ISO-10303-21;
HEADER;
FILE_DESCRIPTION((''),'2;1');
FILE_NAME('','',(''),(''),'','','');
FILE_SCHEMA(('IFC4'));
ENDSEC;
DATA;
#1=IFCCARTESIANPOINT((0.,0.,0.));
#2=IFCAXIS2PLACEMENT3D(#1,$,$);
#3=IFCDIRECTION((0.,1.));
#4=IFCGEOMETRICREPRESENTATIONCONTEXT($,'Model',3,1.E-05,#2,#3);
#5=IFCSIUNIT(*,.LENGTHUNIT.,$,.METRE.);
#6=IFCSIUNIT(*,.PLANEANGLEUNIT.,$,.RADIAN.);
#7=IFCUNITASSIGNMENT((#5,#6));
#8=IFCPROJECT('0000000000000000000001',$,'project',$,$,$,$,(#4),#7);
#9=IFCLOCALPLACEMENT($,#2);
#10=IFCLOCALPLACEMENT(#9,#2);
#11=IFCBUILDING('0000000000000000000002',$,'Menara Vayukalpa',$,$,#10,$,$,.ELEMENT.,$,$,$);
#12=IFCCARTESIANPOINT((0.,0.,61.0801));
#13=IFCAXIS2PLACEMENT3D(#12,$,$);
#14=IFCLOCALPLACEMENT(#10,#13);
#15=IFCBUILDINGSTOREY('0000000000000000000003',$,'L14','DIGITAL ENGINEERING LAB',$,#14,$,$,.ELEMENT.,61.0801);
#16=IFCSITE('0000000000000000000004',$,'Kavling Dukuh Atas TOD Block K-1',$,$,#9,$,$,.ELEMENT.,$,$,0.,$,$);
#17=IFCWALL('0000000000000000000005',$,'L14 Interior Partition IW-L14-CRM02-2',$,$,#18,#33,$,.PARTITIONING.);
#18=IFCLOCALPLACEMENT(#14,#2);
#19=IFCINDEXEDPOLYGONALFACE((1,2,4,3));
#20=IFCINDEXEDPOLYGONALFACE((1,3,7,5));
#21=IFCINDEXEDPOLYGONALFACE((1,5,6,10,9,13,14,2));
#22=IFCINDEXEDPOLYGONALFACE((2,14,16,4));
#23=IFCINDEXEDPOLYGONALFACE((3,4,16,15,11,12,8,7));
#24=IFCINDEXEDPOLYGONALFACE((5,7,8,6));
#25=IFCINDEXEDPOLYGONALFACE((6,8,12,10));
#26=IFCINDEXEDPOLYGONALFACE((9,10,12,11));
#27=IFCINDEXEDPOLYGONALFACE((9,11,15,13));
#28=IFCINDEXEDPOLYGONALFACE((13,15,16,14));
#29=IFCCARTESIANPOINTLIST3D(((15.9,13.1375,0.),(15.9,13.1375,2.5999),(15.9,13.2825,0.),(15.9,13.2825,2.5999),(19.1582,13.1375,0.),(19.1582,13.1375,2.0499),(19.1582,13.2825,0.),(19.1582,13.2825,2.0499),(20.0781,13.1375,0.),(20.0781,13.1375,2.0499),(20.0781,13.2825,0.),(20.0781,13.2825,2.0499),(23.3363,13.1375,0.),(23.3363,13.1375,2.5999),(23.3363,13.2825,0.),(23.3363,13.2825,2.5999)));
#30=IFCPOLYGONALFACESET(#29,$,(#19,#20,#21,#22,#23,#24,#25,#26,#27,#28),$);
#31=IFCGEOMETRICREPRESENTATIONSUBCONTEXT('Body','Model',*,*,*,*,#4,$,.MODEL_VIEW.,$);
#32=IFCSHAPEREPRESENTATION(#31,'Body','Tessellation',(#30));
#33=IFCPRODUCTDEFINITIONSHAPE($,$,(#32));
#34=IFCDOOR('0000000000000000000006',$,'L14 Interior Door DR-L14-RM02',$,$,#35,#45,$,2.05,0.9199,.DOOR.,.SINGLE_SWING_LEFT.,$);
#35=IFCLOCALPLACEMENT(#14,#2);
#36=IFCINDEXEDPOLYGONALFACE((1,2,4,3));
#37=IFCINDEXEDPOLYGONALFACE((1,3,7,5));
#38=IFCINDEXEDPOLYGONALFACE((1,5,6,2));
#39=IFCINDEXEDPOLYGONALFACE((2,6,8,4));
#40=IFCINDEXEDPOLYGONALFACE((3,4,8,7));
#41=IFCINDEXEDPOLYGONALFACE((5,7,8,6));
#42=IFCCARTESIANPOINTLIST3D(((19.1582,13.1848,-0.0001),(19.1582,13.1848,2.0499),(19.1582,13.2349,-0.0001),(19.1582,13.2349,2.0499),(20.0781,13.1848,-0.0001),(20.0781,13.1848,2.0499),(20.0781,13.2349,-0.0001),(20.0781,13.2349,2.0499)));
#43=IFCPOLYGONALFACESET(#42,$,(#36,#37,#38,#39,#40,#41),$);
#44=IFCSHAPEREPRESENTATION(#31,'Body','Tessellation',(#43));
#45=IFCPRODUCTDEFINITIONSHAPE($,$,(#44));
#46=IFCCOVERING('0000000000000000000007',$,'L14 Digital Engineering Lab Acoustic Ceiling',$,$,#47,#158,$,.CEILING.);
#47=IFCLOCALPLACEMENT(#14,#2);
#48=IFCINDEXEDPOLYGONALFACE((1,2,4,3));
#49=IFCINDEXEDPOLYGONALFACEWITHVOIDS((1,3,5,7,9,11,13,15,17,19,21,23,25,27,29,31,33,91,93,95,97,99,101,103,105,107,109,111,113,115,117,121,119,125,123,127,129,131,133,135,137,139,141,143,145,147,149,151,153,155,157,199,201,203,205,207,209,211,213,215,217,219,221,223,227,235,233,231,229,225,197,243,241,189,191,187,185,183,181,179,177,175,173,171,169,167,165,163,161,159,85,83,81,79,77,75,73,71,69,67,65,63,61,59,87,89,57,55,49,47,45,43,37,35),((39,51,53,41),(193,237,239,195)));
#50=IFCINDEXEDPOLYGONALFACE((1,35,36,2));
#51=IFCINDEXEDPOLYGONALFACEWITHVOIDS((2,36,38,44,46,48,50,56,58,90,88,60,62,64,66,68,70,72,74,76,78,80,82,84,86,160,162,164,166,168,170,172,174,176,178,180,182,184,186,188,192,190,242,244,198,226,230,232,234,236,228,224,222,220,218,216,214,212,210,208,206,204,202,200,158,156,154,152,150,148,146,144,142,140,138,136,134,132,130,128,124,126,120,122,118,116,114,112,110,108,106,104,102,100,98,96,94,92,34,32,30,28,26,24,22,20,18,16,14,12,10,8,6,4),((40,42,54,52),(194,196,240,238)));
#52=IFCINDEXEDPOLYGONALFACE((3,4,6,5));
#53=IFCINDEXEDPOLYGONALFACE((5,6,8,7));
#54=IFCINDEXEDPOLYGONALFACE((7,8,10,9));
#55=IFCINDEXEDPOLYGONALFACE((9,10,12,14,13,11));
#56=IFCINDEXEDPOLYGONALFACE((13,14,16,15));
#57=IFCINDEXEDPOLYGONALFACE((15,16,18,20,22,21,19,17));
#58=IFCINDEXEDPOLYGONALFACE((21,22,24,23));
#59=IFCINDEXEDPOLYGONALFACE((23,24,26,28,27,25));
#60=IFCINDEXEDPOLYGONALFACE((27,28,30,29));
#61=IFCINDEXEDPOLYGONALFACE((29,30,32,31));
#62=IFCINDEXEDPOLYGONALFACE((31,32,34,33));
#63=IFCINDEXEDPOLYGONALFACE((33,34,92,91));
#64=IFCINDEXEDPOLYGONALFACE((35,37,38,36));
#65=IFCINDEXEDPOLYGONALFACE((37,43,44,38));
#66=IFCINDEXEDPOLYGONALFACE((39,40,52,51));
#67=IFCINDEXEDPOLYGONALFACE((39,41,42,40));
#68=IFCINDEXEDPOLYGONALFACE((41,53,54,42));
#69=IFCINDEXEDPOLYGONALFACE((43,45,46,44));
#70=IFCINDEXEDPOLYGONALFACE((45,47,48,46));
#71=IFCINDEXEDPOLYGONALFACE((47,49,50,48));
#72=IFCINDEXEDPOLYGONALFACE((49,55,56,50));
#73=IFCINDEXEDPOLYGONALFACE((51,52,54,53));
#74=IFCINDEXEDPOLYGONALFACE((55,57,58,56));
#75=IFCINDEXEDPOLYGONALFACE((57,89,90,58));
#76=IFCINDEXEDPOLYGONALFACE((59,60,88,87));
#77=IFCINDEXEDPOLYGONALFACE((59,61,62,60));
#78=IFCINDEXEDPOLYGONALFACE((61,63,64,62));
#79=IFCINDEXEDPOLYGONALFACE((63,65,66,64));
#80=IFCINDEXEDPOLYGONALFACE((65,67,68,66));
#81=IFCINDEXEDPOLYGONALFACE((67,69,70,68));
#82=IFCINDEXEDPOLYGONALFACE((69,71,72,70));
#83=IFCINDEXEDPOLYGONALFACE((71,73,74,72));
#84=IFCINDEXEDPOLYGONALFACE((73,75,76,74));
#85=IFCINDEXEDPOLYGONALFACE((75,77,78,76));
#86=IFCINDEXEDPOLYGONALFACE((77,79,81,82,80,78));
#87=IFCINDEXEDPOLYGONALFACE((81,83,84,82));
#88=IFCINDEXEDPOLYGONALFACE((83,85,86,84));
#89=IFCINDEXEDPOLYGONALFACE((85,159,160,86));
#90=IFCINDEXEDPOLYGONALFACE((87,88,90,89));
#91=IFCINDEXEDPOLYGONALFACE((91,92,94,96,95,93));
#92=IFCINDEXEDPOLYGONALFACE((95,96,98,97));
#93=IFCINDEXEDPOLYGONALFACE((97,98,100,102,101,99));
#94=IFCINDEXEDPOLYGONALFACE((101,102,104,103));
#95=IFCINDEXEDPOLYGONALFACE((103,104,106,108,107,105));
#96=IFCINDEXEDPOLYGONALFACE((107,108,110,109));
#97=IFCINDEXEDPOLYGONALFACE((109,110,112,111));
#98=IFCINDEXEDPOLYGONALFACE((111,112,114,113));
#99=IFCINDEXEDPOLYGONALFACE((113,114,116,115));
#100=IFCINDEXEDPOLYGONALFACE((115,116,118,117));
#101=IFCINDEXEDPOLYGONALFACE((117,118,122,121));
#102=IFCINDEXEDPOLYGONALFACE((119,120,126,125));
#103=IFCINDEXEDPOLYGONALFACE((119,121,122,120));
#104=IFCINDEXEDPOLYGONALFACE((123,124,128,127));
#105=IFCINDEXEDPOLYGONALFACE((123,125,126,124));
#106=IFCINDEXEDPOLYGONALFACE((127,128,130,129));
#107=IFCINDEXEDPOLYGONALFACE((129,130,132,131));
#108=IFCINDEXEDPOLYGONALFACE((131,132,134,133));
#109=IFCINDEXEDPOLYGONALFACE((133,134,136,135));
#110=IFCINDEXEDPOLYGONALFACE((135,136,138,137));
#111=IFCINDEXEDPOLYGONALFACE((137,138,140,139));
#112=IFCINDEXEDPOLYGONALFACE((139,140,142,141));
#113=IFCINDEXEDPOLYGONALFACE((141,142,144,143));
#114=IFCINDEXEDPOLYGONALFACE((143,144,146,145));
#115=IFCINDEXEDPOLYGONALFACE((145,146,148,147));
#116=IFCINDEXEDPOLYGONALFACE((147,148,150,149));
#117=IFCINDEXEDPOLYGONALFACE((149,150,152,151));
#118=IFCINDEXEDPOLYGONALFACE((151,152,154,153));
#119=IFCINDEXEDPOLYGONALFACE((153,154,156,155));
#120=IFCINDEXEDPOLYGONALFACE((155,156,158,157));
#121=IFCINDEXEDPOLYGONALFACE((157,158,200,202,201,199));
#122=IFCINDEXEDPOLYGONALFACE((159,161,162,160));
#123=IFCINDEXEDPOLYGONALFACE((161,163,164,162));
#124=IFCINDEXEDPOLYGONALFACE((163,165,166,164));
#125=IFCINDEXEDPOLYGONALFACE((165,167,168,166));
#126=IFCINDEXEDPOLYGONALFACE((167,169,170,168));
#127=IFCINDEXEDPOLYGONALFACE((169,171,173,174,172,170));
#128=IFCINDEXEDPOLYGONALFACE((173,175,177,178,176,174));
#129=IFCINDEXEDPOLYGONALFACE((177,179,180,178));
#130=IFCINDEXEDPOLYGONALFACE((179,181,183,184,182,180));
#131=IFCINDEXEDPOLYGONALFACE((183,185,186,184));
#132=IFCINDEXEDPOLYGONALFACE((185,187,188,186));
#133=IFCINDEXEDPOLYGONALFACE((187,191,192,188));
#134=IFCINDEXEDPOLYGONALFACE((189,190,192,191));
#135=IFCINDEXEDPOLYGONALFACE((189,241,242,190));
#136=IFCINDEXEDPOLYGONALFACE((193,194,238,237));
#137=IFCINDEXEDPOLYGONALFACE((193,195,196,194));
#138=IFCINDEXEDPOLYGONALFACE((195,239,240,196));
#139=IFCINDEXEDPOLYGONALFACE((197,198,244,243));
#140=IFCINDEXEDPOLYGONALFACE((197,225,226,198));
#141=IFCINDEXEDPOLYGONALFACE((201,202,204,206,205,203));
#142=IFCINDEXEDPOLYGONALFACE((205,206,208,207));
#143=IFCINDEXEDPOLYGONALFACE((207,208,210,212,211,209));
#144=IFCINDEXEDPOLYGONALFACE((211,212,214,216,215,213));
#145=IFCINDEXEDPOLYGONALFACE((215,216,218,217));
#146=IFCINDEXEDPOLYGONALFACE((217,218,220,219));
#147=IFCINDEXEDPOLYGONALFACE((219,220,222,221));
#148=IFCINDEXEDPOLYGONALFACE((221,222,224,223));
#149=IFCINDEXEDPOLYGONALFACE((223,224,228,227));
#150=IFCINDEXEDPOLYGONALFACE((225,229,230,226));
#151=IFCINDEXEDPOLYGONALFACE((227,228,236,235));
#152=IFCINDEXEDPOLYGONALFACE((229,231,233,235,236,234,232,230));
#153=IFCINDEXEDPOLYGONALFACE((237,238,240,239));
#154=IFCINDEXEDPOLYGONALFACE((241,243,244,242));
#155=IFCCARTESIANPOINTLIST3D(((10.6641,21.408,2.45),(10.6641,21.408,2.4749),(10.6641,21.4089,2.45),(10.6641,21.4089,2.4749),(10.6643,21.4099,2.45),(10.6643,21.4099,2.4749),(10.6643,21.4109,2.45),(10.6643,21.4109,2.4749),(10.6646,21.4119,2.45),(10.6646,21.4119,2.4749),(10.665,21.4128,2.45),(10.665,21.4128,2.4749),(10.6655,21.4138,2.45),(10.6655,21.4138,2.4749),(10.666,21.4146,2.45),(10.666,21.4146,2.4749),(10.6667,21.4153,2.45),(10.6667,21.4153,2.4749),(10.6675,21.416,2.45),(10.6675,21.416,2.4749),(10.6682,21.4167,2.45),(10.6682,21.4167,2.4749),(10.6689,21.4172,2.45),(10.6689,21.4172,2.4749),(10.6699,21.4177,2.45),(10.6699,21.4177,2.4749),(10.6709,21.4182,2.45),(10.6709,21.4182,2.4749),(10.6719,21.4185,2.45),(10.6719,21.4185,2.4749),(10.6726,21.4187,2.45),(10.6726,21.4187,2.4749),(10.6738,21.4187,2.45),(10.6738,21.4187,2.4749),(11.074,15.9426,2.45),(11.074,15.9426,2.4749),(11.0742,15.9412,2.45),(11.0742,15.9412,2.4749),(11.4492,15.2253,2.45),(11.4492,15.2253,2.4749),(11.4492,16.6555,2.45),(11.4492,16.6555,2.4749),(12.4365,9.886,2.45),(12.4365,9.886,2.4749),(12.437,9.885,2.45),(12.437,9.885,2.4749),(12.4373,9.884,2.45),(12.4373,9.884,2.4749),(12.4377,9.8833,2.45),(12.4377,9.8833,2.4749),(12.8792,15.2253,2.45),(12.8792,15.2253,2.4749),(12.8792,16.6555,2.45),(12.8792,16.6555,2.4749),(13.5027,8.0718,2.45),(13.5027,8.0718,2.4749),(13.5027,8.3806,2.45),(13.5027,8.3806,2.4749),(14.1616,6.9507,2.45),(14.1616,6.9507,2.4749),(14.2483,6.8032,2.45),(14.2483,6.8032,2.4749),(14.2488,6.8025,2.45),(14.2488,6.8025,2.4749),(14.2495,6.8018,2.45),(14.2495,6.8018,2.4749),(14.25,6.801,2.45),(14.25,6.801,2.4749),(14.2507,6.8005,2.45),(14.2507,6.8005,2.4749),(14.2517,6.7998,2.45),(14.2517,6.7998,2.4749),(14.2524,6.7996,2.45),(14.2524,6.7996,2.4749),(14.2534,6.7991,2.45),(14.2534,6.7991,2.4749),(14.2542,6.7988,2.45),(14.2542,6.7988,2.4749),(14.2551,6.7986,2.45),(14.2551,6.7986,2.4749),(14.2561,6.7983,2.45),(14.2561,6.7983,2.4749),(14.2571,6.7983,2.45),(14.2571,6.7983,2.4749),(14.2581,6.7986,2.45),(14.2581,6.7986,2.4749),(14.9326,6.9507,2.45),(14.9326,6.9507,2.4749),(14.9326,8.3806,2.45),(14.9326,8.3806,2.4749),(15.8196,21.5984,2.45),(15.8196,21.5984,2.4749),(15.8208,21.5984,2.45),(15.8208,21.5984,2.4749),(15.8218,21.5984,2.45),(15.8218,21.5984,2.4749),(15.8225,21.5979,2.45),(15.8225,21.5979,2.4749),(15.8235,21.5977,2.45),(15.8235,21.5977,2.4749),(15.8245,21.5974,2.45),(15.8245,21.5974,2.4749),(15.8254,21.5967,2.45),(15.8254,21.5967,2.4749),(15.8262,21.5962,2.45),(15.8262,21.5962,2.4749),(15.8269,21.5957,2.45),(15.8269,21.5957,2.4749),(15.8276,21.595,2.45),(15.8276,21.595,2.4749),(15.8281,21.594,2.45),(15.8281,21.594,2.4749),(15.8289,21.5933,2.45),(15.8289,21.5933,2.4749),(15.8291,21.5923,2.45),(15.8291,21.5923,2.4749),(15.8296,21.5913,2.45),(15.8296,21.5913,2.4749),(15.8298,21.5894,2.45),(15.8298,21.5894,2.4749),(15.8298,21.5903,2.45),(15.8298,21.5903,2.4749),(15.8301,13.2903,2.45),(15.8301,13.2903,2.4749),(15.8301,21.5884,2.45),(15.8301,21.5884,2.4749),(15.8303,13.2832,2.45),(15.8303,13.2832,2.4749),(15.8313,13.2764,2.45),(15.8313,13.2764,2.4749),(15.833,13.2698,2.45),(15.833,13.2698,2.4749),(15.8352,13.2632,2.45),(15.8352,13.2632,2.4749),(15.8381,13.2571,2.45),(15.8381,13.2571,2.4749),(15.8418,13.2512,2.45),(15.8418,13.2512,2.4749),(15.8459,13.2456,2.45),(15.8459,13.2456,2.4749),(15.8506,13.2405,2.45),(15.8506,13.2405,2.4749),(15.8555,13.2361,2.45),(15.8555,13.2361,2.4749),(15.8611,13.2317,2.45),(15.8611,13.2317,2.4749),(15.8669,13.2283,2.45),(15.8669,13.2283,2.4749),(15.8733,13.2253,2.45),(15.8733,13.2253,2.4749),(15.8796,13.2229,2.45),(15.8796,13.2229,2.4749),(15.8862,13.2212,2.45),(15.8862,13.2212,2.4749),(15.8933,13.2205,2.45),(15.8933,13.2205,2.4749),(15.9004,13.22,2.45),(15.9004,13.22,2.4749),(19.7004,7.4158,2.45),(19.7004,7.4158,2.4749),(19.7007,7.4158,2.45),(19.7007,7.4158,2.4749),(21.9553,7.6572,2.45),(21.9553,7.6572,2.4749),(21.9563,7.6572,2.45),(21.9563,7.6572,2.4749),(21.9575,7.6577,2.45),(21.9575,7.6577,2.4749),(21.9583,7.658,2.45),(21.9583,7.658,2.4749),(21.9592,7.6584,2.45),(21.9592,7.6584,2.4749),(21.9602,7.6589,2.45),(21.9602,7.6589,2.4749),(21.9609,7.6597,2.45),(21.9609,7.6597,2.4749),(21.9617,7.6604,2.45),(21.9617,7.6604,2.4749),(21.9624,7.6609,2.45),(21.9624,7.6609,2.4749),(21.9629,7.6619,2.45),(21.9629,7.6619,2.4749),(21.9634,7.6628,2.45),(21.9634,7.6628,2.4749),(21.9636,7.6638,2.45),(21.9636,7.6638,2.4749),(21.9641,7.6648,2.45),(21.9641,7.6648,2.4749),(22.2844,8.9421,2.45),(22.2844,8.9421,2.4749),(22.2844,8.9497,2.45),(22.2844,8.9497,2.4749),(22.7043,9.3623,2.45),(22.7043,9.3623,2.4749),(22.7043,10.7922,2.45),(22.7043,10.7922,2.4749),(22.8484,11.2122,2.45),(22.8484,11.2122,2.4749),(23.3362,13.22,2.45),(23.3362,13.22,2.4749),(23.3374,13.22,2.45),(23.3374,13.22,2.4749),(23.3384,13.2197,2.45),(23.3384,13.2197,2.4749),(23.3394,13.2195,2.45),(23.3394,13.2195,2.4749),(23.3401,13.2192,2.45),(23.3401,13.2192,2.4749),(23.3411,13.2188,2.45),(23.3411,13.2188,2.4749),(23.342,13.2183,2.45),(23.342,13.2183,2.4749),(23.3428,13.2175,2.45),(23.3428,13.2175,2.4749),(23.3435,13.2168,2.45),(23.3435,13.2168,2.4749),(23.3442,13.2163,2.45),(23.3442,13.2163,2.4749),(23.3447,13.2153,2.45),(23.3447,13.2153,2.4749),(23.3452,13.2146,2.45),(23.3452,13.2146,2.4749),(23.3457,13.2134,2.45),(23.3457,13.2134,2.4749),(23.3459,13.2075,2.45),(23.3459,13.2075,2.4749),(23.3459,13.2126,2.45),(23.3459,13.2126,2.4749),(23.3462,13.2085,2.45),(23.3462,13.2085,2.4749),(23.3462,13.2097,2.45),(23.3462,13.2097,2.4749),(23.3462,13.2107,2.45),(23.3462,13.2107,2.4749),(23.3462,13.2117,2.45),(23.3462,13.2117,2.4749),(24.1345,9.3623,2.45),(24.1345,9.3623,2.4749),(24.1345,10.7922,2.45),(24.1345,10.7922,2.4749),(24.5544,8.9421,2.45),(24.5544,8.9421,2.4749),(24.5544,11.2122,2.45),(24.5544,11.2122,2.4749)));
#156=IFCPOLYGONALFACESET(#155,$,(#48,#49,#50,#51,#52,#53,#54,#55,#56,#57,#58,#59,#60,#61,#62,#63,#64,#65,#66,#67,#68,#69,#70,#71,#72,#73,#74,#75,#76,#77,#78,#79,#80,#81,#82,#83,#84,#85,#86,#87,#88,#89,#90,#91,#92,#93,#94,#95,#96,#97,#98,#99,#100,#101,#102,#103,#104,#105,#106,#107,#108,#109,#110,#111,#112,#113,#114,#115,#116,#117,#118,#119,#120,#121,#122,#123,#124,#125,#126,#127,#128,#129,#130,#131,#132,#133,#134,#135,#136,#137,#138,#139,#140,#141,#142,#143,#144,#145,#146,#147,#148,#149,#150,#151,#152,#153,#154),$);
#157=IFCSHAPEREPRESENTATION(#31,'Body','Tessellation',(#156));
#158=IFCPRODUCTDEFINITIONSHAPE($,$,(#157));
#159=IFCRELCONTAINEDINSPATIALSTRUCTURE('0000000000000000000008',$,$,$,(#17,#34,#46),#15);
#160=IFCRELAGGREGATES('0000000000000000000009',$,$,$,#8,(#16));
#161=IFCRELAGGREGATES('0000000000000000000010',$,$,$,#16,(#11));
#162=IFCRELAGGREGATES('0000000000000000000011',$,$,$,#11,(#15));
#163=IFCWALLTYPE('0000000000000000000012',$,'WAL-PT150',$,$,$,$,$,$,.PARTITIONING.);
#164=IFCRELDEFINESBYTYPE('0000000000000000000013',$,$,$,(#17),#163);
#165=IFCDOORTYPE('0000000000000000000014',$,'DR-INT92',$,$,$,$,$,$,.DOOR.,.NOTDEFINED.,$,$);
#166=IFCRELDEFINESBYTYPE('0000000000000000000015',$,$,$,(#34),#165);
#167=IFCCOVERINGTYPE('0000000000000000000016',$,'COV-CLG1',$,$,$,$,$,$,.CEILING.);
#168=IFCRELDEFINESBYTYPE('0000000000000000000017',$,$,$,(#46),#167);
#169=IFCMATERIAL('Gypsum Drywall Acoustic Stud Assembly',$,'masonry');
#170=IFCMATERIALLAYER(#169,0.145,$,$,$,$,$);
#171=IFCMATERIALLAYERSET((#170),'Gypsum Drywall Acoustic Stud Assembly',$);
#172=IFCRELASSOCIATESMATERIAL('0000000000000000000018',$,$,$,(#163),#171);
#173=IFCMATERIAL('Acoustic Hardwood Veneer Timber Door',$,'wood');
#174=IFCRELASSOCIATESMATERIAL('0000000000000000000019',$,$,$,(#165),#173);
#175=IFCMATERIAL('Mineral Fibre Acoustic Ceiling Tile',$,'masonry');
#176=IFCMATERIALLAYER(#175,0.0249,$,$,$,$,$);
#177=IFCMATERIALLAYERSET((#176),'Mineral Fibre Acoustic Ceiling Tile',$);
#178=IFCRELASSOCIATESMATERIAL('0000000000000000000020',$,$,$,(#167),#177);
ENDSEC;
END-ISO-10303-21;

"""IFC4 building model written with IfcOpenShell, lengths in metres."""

from ifc_helpers import new_model, si_unit, direction, frame, frame_2d, origin, place, context, subcontext, project, spatial, polyline, rectangle, outline, extrude, material, layer, layer_set, type_object, element, fill, save


model = new_model("IFC4")

# Units and contexts
model_context = context("Model", 3, precision=1e-05, world=origin(), true_north=direction((0.0, 1.0)))
body_context = subcontext(model_context, "Body", "Model", "MODEL_VIEW")
ifc_project = project(units=[si_unit("LENGTHUNIT", "METRE"), si_unit("PLANEANGLEUNIT", "RADIAN")], contexts=[model_context])

# Site, building, storey
site_placement = place(None, origin())
site = spatial("IfcSite", under=ifc_project, at=site_placement, Name="Kavling Dukuh Atas TOD Block K-1", CompositionType="ELEMENT", RefElevation=0.0)
building_placement = place(site_placement, origin())
building = spatial("IfcBuilding", under=site, at=building_placement, Name="Menara Vayukalpa", CompositionType="ELEMENT")
storey_placement = place(building_placement, frame((0.0, 0.0, 61.0801)))
storey = spatial("IfcBuildingStorey", under=building, at=storey_placement, Name="L14", Description="DIGITAL ENGINEERING LAB", CompositionType="ELEMENT", Elevation=61.0801)

# Wall, opening, door
ifc_material_1 = material(Name="Gypsum Drywall Acoustic Stud Assembly", Category="masonry")
ifc_layer_1 = layer(ifc_material_1, 0.145)
ifc_layer_set_1 = layer_set([ifc_layer_1], Name="Gypsum Drywall Acoustic Stud Assembly")
wall_type_1 = type_object("IfcWallType", Name="WAL-PT150", PredefinedType="PARTITIONING", material=ifc_layer_set_1)
wall_1_placement = place(storey_placement, frame((15.8999, 13.21, 0.0), z_axis=(0.0, 0.0, 1.0), x_axis=(1.0, 0.0, 0.0)))
wall_1 = element("IfcWall", 1, at=wall_1_placement, inside=storey, type_object=wall_type_1, Name="L14 Interior Partition IW-L14-CRM02-2", PredefinedType="PARTITIONING", context=body_context, shape_type="SweptSolid", body=[
    extrude(rectangle(XDim=7.4363, YDim=0.145, at=frame_2d((3.7183, 0.0))), origin(), (0.0, 0.0, 1.0), 2.5999),
])
opening_placement = place(wall_1_placement, frame((3.2583, 0.0, 0.0)))
opening = element("IfcOpeningElement", 2, at=opening_placement, cuts=wall_1, PredefinedType="OPENING", context=body_context, shape_type="SweptSolid", body=[
    extrude(rectangle(XDim=0.9199, YDim=2.05, at=frame_2d((0.46, 1.0249))), frame((0.0, 0.0825, 0.0), z_axis=(0.0, -1.0, 0.0), x_axis=(1.0, 0.0, 0.0)), (0.0, 0.0, 1.0), 0.165),
])
ifc_material_2 = material(Name="Acoustic Hardwood Veneer Timber Door", Category="wood")
door_type = type_object("IfcDoorType", Name="DR-INT92", OperationType="NOTDEFINED", PredefinedType="DOOR", material=ifc_material_2)
door_placement = place(opening_placement, origin())
door = element("IfcDoor", 3, at=door_placement, inside=storey, type_object=door_type, Name="L14 Interior Door DR-L14-RM02", OperationType="SINGLE_SWING_LEFT", OverallHeight=2.05, OverallWidth=0.9199, PredefinedType="DOOR", context=body_context, shape_type="SweptSolid", body=[
    extrude(rectangle(XDim=0.9199, YDim=2.05, at=frame_2d((0.46, 1.0249))), frame((0.0, 0.0249, 0.0), z_axis=(0.0, -1.0, 0.0), x_axis=(1.0, 0.0, 0.0)), (0.0, 0.0, 1.0), 0.05),
])
fill(opening, door)

# Covering
ifc_material_3 = material(Name="Mineral Fibre Acoustic Ceiling Tile", Category="masonry")
ifc_layer_2 = layer(ifc_material_3, 0.0249)
ifc_layer_set_2 = layer_set([ifc_layer_2], Name="Mineral Fibre Acoustic Ceiling Tile")
covering_type_1 = type_object("IfcCoveringType", Name="COV-CLG1", PredefinedType="CEILING", material=ifc_layer_set_2)
covering_1_placement = place(storey_placement, frame((0.0, 0.0, 2.45)))
element("IfcCovering", 4, at=covering_1_placement, inside=storey, type_object=covering_type_1, Name="L14 Digital Engineering Lab Acoustic Ceiling", PredefinedType="CEILING", context=body_context, shape_type="SweptSolid", body=[
    extrude(outline(polyline([(24.5544, 8.9421), (22.2844, 8.9421), (22.2844, 8.9497), (21.9641, 7.6648), (21.9636, 7.6638), (21.9634, 7.6628), (21.9629, 7.6619), (21.9624, 7.6609), (21.9617, 7.6604), (21.9609, 7.6597), (21.9602, 7.6589), (21.9592, 7.6584), (21.9583, 7.658), (21.9575, 7.6577), (21.9563, 7.6572), (21.9553, 7.6572), (19.7007, 7.4158), (19.7004, 7.4158), (14.2581, 6.7986), (14.2571, 6.7983), (14.2561, 6.7983), (14.2551, 6.7986), (14.2542, 6.7988), (14.2534, 6.7991), (14.2524, 6.7996), (14.2517, 6.7998), (14.2507, 6.8005), (14.25, 6.801), (14.2495, 6.8018), (14.2488, 6.8025), (14.2483, 6.8032), (14.1616, 6.9507), (14.9326, 6.9507), (14.9326, 8.3806), (13.5027, 8.3806), (13.5027, 8.0718), (12.4377, 9.8833), (12.4373, 9.884), (12.437, 9.885), (12.4365, 9.886), (11.0742, 15.9412), (11.074, 15.9426), (10.6641, 21.408), (10.6641, 21.4089), (10.6643, 21.4099), (10.6643, 21.4109), (10.6646, 21.4119), (10.665, 21.4128), (10.6655, 21.4138), (10.666, 21.4146), (10.6667, 21.4153), (10.6675, 21.416), (10.6682, 21.4167), (10.6689, 21.4172), (10.6699, 21.4177), (10.6709, 21.4182), (10.6719, 21.4185), (10.6726, 21.4187), (10.6738, 21.4187), (15.8196, 21.5984), (15.8208, 21.5984), (15.8218, 21.5984), (15.8225, 21.5979), (15.8235, 21.5977), (15.8245, 21.5974), (15.8254, 21.5967), (15.8262, 21.5962), (15.8269, 21.5957), (15.8276, 21.595), (15.8281, 21.594), (15.8289, 21.5933), (15.8291, 21.5923), (15.8296, 21.5913), (15.8298, 21.5903), (15.8298, 21.5894), (15.8301, 21.5884), (15.8301, 13.2903), (15.8303, 13.2832), (15.8313, 13.2764), (15.833, 13.2698), (15.8352, 13.2632), (15.8381, 13.2571), (15.8418, 13.2512), (15.8459, 13.2456), (15.8506, 13.2405), (15.8555, 13.2361), (15.8611, 13.2317), (15.8669, 13.2283), (15.8733, 13.2253), (15.8796, 13.2229), (15.8862, 13.2212), (15.8933, 13.2205), (15.9004, 13.22), (23.3362, 13.22), (23.3374, 13.22), (23.3384, 13.2197), (23.3394, 13.2195), (23.3401, 13.2192), (23.3411, 13.2188), (23.342, 13.2183), (23.3428, 13.2175), (23.3435, 13.2168), (23.3442, 13.2163), (23.3447, 13.2153), (23.3452, 13.2146), (23.3457, 13.2134), (23.3459, 13.2126), (23.3462, 13.2117), (23.3462, 13.2107), (23.3462, 13.2097), (23.3462, 13.2085), (23.3459, 13.2075), (22.8484, 11.2122), (24.5544, 11.2122), (24.5544, 8.9421)]), holes=[polyline([(12.8792, 16.6555), (11.4492, 16.6555), (11.4492, 15.2253), (12.8792, 15.2253), (12.8792, 16.6555)]), polyline([(24.1345, 10.7922), (22.7043, 10.7922), (22.7043, 9.3623), (24.1345, 9.3623), (24.1345, 10.7922)])]), origin(), (0.0, 0.0, 1.0), 0.0249),
])

save(model, "model.ifc")
